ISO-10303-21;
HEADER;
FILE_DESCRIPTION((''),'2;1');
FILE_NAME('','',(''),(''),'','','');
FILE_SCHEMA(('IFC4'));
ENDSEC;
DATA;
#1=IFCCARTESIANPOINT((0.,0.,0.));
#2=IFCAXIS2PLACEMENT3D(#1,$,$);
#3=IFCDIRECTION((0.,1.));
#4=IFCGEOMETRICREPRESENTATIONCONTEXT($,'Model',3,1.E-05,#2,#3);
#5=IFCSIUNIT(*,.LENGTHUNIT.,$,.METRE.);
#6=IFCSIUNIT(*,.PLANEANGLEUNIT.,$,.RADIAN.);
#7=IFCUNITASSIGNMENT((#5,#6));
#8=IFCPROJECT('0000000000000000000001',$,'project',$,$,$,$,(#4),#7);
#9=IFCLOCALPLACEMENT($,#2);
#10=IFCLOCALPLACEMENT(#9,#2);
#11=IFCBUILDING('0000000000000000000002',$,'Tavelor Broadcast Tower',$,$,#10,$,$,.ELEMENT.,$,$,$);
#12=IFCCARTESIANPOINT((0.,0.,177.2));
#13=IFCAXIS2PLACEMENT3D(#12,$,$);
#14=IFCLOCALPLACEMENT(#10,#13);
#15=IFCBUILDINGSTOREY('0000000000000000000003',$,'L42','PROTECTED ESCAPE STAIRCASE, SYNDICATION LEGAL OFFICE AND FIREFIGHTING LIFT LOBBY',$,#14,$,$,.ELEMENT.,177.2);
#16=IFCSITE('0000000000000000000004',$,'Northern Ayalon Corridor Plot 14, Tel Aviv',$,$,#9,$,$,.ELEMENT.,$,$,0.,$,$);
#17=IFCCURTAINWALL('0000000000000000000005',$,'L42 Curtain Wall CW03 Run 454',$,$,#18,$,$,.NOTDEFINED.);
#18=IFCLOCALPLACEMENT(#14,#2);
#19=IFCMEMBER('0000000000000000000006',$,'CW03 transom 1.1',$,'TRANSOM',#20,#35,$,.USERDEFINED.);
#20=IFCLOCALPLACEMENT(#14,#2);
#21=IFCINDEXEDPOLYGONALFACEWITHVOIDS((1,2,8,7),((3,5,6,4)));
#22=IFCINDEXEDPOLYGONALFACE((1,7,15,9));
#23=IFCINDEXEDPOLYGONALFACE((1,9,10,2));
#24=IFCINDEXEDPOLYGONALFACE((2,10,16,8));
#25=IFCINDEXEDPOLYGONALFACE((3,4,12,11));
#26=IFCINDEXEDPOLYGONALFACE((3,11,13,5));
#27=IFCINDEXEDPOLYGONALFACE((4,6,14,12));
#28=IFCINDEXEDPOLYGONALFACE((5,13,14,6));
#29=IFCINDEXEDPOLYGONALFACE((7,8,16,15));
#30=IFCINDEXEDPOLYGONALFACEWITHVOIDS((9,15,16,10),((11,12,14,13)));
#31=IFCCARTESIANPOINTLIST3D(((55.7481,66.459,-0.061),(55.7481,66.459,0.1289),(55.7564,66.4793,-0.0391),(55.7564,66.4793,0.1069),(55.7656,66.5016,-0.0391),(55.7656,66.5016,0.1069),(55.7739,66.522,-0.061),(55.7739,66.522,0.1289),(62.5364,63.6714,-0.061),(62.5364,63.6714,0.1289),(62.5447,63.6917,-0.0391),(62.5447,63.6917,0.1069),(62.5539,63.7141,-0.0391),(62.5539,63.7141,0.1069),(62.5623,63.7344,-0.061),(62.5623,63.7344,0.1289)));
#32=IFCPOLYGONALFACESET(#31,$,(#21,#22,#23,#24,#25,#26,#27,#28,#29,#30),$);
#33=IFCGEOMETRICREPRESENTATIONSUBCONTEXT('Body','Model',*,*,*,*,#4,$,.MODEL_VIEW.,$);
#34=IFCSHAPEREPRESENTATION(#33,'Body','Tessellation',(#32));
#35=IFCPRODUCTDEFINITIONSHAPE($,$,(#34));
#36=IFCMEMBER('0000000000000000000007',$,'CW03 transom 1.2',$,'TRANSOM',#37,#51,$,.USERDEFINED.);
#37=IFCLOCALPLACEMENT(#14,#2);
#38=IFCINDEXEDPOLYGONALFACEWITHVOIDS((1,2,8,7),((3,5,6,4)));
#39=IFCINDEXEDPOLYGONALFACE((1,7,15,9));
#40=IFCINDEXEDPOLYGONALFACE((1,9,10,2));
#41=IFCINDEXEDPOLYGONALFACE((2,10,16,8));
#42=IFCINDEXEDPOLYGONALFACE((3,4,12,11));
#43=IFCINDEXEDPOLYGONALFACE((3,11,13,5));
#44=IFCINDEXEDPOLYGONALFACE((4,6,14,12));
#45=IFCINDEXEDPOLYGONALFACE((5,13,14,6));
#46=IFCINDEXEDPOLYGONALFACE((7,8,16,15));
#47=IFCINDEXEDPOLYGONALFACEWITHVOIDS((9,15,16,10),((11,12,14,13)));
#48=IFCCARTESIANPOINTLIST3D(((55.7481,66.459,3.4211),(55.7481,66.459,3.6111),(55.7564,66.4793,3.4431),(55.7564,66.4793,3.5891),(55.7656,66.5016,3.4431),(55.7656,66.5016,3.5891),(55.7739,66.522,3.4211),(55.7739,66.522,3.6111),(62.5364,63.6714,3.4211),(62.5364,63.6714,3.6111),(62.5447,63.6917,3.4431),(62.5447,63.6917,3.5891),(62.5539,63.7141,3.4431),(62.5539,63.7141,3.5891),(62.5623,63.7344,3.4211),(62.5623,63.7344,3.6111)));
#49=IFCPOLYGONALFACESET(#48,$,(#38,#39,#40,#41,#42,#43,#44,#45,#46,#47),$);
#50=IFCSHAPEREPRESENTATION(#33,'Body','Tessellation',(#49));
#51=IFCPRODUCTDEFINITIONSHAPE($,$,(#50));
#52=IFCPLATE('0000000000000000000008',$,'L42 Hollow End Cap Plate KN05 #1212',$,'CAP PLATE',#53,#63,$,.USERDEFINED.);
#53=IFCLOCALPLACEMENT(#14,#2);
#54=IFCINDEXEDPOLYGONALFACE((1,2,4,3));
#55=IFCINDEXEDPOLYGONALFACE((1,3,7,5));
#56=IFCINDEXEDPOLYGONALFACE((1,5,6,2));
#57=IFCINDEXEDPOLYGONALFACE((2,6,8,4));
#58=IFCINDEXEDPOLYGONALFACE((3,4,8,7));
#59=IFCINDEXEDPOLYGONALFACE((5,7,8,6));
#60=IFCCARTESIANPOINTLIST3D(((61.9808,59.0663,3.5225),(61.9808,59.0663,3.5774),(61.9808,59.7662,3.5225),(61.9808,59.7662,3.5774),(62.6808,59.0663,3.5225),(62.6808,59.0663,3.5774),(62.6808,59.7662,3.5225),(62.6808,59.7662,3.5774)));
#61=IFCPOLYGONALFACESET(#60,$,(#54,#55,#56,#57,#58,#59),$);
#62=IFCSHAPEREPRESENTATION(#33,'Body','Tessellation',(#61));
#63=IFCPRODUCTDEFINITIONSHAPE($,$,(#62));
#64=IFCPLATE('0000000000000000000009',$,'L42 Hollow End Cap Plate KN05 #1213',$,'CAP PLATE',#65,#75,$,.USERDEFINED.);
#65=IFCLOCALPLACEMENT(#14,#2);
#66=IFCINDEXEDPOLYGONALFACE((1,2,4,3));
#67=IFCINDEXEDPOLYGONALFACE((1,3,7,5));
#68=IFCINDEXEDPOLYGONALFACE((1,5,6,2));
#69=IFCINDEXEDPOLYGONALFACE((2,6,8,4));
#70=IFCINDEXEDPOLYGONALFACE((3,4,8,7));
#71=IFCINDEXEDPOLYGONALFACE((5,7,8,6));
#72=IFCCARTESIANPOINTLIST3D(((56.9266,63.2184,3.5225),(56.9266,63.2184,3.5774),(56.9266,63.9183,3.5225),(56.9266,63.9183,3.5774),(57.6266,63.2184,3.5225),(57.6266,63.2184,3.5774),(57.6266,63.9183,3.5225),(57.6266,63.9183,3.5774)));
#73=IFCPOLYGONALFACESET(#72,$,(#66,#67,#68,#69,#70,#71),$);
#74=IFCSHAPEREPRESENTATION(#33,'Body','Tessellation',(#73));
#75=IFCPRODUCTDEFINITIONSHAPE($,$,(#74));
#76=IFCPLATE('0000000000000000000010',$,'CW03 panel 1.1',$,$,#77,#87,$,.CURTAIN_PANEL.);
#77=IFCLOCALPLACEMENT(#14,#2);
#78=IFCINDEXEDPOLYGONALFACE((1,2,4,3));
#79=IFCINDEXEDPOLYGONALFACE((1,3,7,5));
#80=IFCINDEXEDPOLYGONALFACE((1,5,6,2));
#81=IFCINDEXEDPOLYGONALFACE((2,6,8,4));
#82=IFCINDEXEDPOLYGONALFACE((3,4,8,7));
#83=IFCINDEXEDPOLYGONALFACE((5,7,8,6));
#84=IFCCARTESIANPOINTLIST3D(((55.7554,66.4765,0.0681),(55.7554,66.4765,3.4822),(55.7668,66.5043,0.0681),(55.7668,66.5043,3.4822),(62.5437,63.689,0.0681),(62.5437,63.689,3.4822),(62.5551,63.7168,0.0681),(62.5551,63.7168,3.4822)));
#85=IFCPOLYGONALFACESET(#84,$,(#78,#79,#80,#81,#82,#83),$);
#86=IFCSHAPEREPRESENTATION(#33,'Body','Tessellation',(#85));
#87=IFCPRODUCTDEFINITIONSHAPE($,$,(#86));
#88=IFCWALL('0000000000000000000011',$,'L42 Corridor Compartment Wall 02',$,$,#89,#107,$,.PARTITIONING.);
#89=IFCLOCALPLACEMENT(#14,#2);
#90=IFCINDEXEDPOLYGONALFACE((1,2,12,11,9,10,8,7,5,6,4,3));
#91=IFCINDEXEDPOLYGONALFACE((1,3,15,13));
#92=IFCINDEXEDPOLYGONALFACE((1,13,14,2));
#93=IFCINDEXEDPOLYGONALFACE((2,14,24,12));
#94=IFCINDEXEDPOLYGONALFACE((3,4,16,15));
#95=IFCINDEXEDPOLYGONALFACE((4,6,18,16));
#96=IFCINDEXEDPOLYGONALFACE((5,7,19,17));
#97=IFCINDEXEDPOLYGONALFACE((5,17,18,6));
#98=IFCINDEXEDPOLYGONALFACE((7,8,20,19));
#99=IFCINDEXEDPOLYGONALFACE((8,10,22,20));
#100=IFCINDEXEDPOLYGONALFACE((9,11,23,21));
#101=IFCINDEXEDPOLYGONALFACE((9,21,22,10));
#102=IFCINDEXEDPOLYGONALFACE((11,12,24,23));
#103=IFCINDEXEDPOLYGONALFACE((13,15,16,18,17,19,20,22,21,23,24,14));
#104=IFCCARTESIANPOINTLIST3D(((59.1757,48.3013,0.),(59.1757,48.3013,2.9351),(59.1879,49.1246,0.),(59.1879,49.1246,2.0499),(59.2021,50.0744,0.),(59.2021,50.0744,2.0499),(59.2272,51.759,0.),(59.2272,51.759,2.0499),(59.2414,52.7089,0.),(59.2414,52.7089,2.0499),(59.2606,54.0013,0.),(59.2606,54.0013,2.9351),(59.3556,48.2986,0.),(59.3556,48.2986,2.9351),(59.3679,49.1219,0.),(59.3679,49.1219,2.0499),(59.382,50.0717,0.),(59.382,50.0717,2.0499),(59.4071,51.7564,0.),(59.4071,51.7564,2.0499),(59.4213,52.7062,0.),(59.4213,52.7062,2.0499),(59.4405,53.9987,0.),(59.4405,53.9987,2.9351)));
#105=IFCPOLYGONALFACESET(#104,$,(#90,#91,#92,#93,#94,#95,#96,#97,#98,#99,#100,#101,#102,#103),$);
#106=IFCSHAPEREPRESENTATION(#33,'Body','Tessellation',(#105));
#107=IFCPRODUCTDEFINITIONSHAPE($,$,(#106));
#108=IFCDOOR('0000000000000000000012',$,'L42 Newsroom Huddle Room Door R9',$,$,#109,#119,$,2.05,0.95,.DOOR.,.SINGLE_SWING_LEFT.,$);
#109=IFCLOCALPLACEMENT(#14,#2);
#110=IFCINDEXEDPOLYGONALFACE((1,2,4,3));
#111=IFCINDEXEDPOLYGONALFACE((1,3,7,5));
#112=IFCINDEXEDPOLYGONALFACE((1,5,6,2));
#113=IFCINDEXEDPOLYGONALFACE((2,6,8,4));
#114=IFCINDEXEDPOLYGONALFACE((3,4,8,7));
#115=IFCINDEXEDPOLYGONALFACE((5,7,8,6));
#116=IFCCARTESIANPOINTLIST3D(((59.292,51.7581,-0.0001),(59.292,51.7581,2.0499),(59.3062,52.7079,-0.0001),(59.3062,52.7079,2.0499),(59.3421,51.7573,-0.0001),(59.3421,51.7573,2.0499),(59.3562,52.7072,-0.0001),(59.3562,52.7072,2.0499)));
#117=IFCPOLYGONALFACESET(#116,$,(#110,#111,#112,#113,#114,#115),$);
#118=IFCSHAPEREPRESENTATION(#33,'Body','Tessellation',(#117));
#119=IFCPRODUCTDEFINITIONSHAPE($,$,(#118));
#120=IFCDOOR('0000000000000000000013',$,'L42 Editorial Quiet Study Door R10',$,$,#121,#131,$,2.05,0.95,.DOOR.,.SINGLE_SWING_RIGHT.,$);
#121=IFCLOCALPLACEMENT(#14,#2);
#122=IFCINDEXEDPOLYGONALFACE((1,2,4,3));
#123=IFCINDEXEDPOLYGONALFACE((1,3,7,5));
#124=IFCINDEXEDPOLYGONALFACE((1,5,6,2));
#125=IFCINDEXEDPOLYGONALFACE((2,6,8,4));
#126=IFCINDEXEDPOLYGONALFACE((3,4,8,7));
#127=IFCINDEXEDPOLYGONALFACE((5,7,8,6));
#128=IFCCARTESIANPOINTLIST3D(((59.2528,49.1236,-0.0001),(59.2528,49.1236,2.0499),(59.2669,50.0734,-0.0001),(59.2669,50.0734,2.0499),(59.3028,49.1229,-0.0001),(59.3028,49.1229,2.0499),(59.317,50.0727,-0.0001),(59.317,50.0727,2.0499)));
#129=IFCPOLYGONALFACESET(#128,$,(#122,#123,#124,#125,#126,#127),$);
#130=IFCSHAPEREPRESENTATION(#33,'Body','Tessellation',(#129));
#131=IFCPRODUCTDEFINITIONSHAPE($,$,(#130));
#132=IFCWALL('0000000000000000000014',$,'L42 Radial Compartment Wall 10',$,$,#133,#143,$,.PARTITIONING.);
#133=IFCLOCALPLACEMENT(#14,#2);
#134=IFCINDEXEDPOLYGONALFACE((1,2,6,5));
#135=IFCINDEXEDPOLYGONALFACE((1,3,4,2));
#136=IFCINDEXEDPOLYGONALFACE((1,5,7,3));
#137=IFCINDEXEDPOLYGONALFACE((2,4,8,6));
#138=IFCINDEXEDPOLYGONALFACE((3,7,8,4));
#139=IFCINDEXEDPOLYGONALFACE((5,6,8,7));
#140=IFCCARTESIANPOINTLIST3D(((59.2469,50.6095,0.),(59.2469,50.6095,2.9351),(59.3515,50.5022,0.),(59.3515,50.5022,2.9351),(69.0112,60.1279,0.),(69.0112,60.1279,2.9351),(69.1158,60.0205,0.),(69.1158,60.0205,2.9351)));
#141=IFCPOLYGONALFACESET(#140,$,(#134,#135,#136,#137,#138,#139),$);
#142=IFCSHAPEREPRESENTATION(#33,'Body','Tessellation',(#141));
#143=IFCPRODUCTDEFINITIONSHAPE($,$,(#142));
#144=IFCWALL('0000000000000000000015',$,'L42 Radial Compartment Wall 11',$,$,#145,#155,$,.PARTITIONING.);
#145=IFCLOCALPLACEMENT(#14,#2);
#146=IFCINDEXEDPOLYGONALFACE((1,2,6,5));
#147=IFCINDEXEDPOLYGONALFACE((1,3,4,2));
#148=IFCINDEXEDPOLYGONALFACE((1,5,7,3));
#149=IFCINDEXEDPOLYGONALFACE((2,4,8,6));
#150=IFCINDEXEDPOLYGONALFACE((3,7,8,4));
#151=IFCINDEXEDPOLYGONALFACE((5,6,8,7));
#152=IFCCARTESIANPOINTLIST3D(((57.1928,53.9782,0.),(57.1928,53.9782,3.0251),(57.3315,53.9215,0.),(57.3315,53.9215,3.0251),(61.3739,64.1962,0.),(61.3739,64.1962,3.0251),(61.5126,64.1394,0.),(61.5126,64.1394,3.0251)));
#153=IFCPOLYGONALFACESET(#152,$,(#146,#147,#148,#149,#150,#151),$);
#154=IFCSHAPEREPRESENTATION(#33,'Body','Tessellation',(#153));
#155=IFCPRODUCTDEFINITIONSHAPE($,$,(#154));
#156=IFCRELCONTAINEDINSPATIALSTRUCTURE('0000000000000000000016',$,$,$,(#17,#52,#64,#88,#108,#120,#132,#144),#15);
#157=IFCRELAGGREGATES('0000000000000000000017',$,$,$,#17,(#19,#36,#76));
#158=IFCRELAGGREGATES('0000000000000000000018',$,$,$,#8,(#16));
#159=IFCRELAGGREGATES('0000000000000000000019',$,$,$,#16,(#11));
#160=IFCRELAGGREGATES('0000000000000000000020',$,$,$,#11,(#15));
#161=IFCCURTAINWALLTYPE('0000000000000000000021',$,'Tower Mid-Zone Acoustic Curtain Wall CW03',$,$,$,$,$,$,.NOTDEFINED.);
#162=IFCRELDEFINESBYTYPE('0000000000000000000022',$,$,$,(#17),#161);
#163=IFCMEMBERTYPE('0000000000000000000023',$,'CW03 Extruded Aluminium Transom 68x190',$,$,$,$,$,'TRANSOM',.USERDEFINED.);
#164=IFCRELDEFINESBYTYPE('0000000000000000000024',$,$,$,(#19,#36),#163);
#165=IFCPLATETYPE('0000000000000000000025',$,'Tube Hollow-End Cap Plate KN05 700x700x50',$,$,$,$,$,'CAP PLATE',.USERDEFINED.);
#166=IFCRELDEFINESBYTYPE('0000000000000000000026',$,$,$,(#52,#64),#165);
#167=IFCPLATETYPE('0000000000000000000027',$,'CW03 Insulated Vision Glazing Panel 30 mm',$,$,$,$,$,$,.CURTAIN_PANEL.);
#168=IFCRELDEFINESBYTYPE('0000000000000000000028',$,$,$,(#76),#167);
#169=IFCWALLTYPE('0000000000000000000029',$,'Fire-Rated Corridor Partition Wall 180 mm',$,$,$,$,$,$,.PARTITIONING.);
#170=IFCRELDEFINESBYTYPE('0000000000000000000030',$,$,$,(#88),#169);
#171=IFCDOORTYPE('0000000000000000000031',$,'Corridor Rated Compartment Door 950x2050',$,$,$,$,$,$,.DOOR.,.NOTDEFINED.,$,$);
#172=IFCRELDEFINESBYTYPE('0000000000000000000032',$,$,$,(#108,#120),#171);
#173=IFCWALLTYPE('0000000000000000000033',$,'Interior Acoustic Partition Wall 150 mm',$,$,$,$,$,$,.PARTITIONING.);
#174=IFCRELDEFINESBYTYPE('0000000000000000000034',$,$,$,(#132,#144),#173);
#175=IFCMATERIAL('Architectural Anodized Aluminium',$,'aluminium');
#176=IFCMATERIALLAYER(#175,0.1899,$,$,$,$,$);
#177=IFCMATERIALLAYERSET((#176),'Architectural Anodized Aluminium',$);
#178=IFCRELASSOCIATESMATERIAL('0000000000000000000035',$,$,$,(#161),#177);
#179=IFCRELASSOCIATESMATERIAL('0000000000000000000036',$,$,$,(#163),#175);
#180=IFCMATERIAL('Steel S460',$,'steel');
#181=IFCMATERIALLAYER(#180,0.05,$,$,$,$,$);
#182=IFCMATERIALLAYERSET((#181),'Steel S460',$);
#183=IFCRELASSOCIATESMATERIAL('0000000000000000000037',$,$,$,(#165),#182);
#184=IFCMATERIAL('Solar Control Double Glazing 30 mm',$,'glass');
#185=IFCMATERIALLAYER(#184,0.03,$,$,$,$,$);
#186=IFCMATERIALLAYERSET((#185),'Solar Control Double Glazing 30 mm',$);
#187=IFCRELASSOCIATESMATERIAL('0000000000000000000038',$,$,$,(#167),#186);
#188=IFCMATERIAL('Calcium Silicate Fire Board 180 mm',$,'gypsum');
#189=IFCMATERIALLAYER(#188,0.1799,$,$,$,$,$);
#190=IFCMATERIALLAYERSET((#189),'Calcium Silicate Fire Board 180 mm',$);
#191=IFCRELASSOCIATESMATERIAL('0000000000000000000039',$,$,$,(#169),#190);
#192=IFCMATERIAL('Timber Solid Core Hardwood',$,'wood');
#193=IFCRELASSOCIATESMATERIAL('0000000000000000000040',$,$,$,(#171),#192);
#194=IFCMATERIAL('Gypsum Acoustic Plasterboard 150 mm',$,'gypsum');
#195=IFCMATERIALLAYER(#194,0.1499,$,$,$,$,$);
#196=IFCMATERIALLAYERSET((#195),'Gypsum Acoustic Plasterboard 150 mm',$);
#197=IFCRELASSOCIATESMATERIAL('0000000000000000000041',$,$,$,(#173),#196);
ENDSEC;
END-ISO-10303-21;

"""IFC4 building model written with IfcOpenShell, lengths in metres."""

from ifc_helpers import new_model, si_unit, direction, frame, frame_2d, origin, origin_2d, place, context, subcontext, project, spatial, rectangle, hollow_rectangle, extrude, source, transform, mapped, material, layer, layer_set, material_profile, profile_set, type_object, type_shapes, element, fill, aggregate, save


model = new_model("IFC4")

# Units and contexts
model_context = context("Model", 3, precision=1e-05, world=origin(), true_north=direction((0.0, 1.0)))
body_context = subcontext(model_context, "Body", "Model", "MODEL_VIEW")
ifc_project = project(units=[si_unit("LENGTHUNIT", "METRE"), si_unit("PLANEANGLEUNIT", "RADIAN")], contexts=[model_context])

# Site, building, storey
site_placement = place(None, origin())
site = spatial("IfcSite", under=ifc_project, at=site_placement, Name="Northern Ayalon Corridor Plot 14, Tel Aviv", CompositionType="ELEMENT", RefElevation=0.0)
building_placement = place(site_placement, origin())
building = spatial("IfcBuilding", under=site, at=building_placement, Name="Tavelor Broadcast Tower", CompositionType="ELEMENT")
storey_placement = place(building_placement, frame((0.0, 0.0, 177.2)))
storey = spatial("IfcBuildingStorey", under=building, at=storey_placement, Name="L42", Description="PROTECTED ESCAPE STAIRCASE, SYNDICATION LEGAL OFFICE AND FIREFIGHTING LIFT LOBBY", CompositionType="ELEMENT", Elevation=177.2)

# Shared definitions
ifc_material_1 = material(Name="Steel S460", Category="steel")

# Curtain wall, members
ifc_material_2 = material(Name="Architectural Anodized Aluminium", Category="aluminium")
ifc_layer_1 = layer(ifc_material_2, 0.1899)
ifc_layer_set_1 = layer_set([ifc_layer_1], Name="Architectural Anodized Aluminium")
curtain_wall_type = type_object("IfcCurtainWallType", Name="Tower Mid-Zone Acoustic Curtain Wall CW03", PredefinedType="NOTDEFINED", material=ifc_layer_set_1)
curtain_wall_placement = place(storey_placement, origin())
curtain_wall = element("IfcCurtainWall", 1, at=curtain_wall_placement, inside=storey, type_object=curtain_wall_type, Name="L42 Curtain Wall CW03 Run 454", PredefinedType="NOTDEFINED")
ifc_material_profile_1 = material_profile(ifc_material_2, hollow_rectangle(XDim=0.0681, YDim=0.1899, WallThickness=0.022, at=origin_2d()), Name="RHS 68x190x22")
ifc_profile_set_1 = profile_set([ifc_material_profile_1], Name="Architectural Anodized Aluminium")
member_type_1 = type_object("IfcMemberType", Name="CW03 Extruded Aluminium Transom 68x190", ElementType="TRANSOM", PredefinedType="USERDEFINED", material=ifc_profile_set_1)
shared_shape_1 = source(origin(), body_context, "Body", "SweptSolid", [
    extrude(hollow_rectangle(XDim=0.0681, YDim=0.1899, WallThickness=0.022, at=origin_2d()), origin(), (0.0, 0.0, 1.0), 7.3384),
])
type_shapes(member_type_1, [shared_shape_1])
member_1_placement = place(storey_placement, frame((62.5493, 63.7029, 0.0339), z_axis=(-0.925042, 0.379864, 0.0), x_axis=(-0.379864, -0.925042, 0.0)))
member_1 = element("IfcMember", 2, at=member_1_placement, type_object=member_type_1, Name="CW03 transom 1.1", ObjectType="TRANSOM", PredefinedType="USERDEFINED", context=body_context, shape_type="MappedRepresentation", body=[
    mapped(shared_shape_1, transform((0.0, 0.0, 0.0), scale=1.0)),
])
member_2_placement = place(storey_placement, frame((62.5493, 63.7029, 3.5161), z_axis=(-0.925042, 0.379864, 0.0), x_axis=(-0.379864, -0.925042, 0.0)))
member_2 = element("IfcMember", 3, at=member_2_placement, type_object=member_type_1, Name="CW03 transom 1.2", ObjectType="TRANSOM", PredefinedType="USERDEFINED", context=body_context, shape_type="MappedRepresentation", body=[
    mapped(shared_shape_1, transform((0.0, 0.0, 0.0), scale=1.0)),
])

# Plates
ifc_layer_2 = layer(ifc_material_1, 0.05)
ifc_layer_set_2 = layer_set([ifc_layer_2], Name="Steel S460")
plate_type_1 = type_object("IfcPlateType", Name="Tube Hollow-End Cap Plate KN05 700x700x50", ElementType="CAP PLATE", PredefinedType="USERDEFINED", material=ifc_layer_set_2)
shared_shape_2 = source(origin(), body_context, "Body", "SweptSolid", [
    extrude(rectangle(XDim=0.7, YDim=0.7, at=origin_2d()), origin(), (0.0, 0.0, 1.0), 0.0549),
])
type_shapes(plate_type_1, [shared_shape_2])
for number, where, z_axis, x_axis, name in (
    (4, (62.3308, 59.4163, 3.5225), (0.0, 0.0, 1.0), (1.0, 0.0, 0.0), "L42 Hollow End Cap Plate KN05 #1212"),
    (5, (57.2766, 63.5684, 3.5225), (0.0, 0.0, 1.0), (1.0, 0.0, 0.0), "L42 Hollow End Cap Plate KN05 #1213"),
):
    element("IfcPlate", number, at=place(storey_placement, frame(where, z_axis=z_axis, x_axis=x_axis)), inside=storey, type_object=plate_type_1, Name=name, ObjectType="CAP PLATE", PredefinedType="USERDEFINED", context=body_context, shape_type="MappedRepresentation", body=[
        mapped(shared_shape_2, transform((0.0, 0.0, 0.0), scale=1.0)),
    ])

# Plate
ifc_material_3 = material(Name="Solar Control Double Glazing 30 mm", Category="glass")
ifc_layer_3 = layer(ifc_material_3, 0.03)
ifc_layer_set_3 = layer_set([ifc_layer_3], Name="Solar Control Double Glazing 30 mm")
plate_type_2 = type_object("IfcPlateType", Name="CW03 Insulated Vision Glazing Panel 30 mm", PredefinedType="CURTAIN_PANEL", material=ifc_layer_set_3)
shared_shape_3 = source(origin(), body_context, "Body", "SweptSolid", [
    extrude(rectangle(XDim=7.3384, YDim=0.03, at=origin_2d()), origin(), (0.0, 0.0, 1.0), 3.4141),
])
type_shapes(plate_type_2, [shared_shape_3])
plate_placement = place(storey_placement, frame((59.1553, 65.0967, 0.0681), z_axis=(0.0, 0.0, 1.0), x_axis=(-0.925046, 0.379855, 0.0)))
plate = element("IfcPlate", 6, at=plate_placement, type_object=plate_type_2, Name="CW03 panel 1.1", PredefinedType="CURTAIN_PANEL", context=body_context, shape_type="MappedRepresentation", body=[
    mapped(shared_shape_3, transform((0.0, 0.0, 0.0), scale=1.0)),
])
aggregate(curtain_wall, [member_1, member_2, plate])

# Wall, openings, doors
ifc_material_4 = material(Name="Calcium Silicate Fire Board 180 mm", Category="gypsum")
ifc_layer_4 = layer(ifc_material_4, 0.1799)
ifc_layer_set_4 = layer_set([ifc_layer_4], Name="Calcium Silicate Fire Board 180 mm")
wall_type_1 = type_object("IfcWallType", Name="Fire-Rated Corridor Partition Wall 180 mm", PredefinedType="PARTITIONING", material=ifc_layer_set_4)
wall_1_placement = place(storey_placement, frame((59.3506, 54.0, 0.0), z_axis=(0.0, 0.0, 1.0), x_axis=(-0.014904, -0.999889, 0.0)))
wall_1 = element("IfcWall", 7, at=wall_1_placement, inside=storey, type_object=wall_type_1, Name="L42 Corridor Compartment Wall 02", PredefinedType="PARTITIONING", context=body_context, shape_type="SweptSolid", body=[
    extrude(rectangle(XDim=5.7007, YDim=0.1799, at=frame_2d((2.8503, 0.0))), origin(), (0.0, 0.0, 1.0), 2.9351),
])
opening_1_placement = place(wall_1_placement, frame((1.2925, 0.0, 0.0)))
opening_1 = element("IfcOpeningElement", 8, at=opening_1_placement, cuts=wall_1, PredefinedType="OPENING", context=body_context, shape_type="SweptSolid", body=[
    extrude(rectangle(XDim=0.95, YDim=2.05, at=frame_2d((0.4751, 1.0249))), frame((0.0, 0.1001, 0.0), z_axis=(0.0, -1.0, 0.0), x_axis=(1.0, 0.0, 0.0)), (0.0, 0.0, 1.0), 0.2),
])
opening_2_placement = place(wall_1_placement, frame((3.9272, 0.0, 0.0)))
opening_2 = element("IfcOpeningElement", 9, at=opening_2_placement, cuts=wall_1, PredefinedType="OPENING", context=body_context, shape_type="SweptSolid", body=[
    extrude(rectangle(XDim=0.95, YDim=2.05, at=frame_2d((0.4751, 1.0249))), frame((0.0, 0.1001, 0.0), z_axis=(0.0, -1.0, 0.0), x_axis=(1.0, 0.0, 0.0)), (0.0, 0.0, 1.0), 0.2),
])
ifc_material_5 = material(Name="Timber Solid Core Hardwood", Category="wood")
door_type_1 = type_object("IfcDoorType", Name="Corridor Rated Compartment Door 950x2050", OperationType="NOTDEFINED", PredefinedType="DOOR", material=ifc_material_5)
door_1_placement = place(opening_1_placement, origin())
door_1 = element("IfcDoor", 10, at=door_1_placement, inside=storey, type_object=door_type_1, Name="L42 Newsroom Huddle Room Door R9", OperationType="SINGLE_SWING_LEFT", OverallHeight=2.05, OverallWidth=0.95, PredefinedType="DOOR", context=body_context, shape_type="SweptSolid", body=[
    extrude(rectangle(XDim=0.95, YDim=2.05, at=frame_2d((0.4751, 1.0249))), frame((0.0, 0.0249, 0.0), z_axis=(0.0, -1.0, 0.0), x_axis=(1.0, 0.0, 0.0)), (0.0, 0.0, 1.0), 0.05),
])
fill(opening_1, door_1)
door_2_placement = place(opening_2_placement, origin())
door_2 = element("IfcDoor", 11, at=door_2_placement, inside=storey, type_object=door_type_1, Name="L42 Editorial Quiet Study Door R10", OperationType="SINGLE_SWING_RIGHT", OverallHeight=2.05, OverallWidth=0.95, PredefinedType="DOOR", context=body_context, shape_type="SweptSolid", body=[
    extrude(rectangle(XDim=0.95, YDim=2.05, at=frame_2d((0.4751, 1.0249))), frame((0.0, 0.0249, 0.0), z_axis=(0.0, -1.0, 0.0), x_axis=(1.0, 0.0, 0.0)), (0.0, 0.0, 1.0), 0.05),
])
fill(opening_2, door_2)

# Walls
ifc_material_6 = material(Name="Gypsum Acoustic Plasterboard 150 mm", Category="gypsum")
ifc_layer_5 = layer(ifc_material_6, 0.1499)
ifc_layer_set_5 = layer_set([ifc_layer_5], Name="Gypsum Acoustic Plasterboard 150 mm")
wall_type_2 = type_object("IfcWallType", Name="Interior Acoustic Partition Wall 150 mm", PredefinedType="PARTITIONING", material=ifc_layer_set_5)
wall_2_placement = place(storey_placement, frame((59.2993, 50.5559, 0.0), z_axis=(0.0, 0.0, 1.0), x_axis=(0.716064, 0.698035, 0.0)))
element("IfcWall", 12, at=wall_2_placement, inside=storey, type_object=wall_type_2, Name="L42 Radial Compartment Wall 10", PredefinedType="PARTITIONING", context=body_context, shape_type="SweptSolid", body=[
    extrude(rectangle(XDim=13.636, YDim=0.1499, at=frame_2d((6.8179, 0.0))), origin(), (0.0, 0.0, 1.0), 2.9351),
])
wall_3_placement = place(storey_placement, frame((57.2622, 53.95, 0.0), z_axis=(0.0, 0.0, 1.0), x_axis=(0.378715, 0.925513, 0.0)))
element("IfcWall", 13, at=wall_3_placement, inside=storey, type_object=wall_type_2, Name="L42 Radial Compartment Wall 11", PredefinedType="PARTITIONING", context=body_context, shape_type="SweptSolid", body=[
    extrude(rectangle(XDim=11.0403, YDim=0.1499, at=frame_2d((5.52, 0.0))), origin(), (0.0, 0.0, 1.0), 3.0251),
])

save(model, "model.ifc")
